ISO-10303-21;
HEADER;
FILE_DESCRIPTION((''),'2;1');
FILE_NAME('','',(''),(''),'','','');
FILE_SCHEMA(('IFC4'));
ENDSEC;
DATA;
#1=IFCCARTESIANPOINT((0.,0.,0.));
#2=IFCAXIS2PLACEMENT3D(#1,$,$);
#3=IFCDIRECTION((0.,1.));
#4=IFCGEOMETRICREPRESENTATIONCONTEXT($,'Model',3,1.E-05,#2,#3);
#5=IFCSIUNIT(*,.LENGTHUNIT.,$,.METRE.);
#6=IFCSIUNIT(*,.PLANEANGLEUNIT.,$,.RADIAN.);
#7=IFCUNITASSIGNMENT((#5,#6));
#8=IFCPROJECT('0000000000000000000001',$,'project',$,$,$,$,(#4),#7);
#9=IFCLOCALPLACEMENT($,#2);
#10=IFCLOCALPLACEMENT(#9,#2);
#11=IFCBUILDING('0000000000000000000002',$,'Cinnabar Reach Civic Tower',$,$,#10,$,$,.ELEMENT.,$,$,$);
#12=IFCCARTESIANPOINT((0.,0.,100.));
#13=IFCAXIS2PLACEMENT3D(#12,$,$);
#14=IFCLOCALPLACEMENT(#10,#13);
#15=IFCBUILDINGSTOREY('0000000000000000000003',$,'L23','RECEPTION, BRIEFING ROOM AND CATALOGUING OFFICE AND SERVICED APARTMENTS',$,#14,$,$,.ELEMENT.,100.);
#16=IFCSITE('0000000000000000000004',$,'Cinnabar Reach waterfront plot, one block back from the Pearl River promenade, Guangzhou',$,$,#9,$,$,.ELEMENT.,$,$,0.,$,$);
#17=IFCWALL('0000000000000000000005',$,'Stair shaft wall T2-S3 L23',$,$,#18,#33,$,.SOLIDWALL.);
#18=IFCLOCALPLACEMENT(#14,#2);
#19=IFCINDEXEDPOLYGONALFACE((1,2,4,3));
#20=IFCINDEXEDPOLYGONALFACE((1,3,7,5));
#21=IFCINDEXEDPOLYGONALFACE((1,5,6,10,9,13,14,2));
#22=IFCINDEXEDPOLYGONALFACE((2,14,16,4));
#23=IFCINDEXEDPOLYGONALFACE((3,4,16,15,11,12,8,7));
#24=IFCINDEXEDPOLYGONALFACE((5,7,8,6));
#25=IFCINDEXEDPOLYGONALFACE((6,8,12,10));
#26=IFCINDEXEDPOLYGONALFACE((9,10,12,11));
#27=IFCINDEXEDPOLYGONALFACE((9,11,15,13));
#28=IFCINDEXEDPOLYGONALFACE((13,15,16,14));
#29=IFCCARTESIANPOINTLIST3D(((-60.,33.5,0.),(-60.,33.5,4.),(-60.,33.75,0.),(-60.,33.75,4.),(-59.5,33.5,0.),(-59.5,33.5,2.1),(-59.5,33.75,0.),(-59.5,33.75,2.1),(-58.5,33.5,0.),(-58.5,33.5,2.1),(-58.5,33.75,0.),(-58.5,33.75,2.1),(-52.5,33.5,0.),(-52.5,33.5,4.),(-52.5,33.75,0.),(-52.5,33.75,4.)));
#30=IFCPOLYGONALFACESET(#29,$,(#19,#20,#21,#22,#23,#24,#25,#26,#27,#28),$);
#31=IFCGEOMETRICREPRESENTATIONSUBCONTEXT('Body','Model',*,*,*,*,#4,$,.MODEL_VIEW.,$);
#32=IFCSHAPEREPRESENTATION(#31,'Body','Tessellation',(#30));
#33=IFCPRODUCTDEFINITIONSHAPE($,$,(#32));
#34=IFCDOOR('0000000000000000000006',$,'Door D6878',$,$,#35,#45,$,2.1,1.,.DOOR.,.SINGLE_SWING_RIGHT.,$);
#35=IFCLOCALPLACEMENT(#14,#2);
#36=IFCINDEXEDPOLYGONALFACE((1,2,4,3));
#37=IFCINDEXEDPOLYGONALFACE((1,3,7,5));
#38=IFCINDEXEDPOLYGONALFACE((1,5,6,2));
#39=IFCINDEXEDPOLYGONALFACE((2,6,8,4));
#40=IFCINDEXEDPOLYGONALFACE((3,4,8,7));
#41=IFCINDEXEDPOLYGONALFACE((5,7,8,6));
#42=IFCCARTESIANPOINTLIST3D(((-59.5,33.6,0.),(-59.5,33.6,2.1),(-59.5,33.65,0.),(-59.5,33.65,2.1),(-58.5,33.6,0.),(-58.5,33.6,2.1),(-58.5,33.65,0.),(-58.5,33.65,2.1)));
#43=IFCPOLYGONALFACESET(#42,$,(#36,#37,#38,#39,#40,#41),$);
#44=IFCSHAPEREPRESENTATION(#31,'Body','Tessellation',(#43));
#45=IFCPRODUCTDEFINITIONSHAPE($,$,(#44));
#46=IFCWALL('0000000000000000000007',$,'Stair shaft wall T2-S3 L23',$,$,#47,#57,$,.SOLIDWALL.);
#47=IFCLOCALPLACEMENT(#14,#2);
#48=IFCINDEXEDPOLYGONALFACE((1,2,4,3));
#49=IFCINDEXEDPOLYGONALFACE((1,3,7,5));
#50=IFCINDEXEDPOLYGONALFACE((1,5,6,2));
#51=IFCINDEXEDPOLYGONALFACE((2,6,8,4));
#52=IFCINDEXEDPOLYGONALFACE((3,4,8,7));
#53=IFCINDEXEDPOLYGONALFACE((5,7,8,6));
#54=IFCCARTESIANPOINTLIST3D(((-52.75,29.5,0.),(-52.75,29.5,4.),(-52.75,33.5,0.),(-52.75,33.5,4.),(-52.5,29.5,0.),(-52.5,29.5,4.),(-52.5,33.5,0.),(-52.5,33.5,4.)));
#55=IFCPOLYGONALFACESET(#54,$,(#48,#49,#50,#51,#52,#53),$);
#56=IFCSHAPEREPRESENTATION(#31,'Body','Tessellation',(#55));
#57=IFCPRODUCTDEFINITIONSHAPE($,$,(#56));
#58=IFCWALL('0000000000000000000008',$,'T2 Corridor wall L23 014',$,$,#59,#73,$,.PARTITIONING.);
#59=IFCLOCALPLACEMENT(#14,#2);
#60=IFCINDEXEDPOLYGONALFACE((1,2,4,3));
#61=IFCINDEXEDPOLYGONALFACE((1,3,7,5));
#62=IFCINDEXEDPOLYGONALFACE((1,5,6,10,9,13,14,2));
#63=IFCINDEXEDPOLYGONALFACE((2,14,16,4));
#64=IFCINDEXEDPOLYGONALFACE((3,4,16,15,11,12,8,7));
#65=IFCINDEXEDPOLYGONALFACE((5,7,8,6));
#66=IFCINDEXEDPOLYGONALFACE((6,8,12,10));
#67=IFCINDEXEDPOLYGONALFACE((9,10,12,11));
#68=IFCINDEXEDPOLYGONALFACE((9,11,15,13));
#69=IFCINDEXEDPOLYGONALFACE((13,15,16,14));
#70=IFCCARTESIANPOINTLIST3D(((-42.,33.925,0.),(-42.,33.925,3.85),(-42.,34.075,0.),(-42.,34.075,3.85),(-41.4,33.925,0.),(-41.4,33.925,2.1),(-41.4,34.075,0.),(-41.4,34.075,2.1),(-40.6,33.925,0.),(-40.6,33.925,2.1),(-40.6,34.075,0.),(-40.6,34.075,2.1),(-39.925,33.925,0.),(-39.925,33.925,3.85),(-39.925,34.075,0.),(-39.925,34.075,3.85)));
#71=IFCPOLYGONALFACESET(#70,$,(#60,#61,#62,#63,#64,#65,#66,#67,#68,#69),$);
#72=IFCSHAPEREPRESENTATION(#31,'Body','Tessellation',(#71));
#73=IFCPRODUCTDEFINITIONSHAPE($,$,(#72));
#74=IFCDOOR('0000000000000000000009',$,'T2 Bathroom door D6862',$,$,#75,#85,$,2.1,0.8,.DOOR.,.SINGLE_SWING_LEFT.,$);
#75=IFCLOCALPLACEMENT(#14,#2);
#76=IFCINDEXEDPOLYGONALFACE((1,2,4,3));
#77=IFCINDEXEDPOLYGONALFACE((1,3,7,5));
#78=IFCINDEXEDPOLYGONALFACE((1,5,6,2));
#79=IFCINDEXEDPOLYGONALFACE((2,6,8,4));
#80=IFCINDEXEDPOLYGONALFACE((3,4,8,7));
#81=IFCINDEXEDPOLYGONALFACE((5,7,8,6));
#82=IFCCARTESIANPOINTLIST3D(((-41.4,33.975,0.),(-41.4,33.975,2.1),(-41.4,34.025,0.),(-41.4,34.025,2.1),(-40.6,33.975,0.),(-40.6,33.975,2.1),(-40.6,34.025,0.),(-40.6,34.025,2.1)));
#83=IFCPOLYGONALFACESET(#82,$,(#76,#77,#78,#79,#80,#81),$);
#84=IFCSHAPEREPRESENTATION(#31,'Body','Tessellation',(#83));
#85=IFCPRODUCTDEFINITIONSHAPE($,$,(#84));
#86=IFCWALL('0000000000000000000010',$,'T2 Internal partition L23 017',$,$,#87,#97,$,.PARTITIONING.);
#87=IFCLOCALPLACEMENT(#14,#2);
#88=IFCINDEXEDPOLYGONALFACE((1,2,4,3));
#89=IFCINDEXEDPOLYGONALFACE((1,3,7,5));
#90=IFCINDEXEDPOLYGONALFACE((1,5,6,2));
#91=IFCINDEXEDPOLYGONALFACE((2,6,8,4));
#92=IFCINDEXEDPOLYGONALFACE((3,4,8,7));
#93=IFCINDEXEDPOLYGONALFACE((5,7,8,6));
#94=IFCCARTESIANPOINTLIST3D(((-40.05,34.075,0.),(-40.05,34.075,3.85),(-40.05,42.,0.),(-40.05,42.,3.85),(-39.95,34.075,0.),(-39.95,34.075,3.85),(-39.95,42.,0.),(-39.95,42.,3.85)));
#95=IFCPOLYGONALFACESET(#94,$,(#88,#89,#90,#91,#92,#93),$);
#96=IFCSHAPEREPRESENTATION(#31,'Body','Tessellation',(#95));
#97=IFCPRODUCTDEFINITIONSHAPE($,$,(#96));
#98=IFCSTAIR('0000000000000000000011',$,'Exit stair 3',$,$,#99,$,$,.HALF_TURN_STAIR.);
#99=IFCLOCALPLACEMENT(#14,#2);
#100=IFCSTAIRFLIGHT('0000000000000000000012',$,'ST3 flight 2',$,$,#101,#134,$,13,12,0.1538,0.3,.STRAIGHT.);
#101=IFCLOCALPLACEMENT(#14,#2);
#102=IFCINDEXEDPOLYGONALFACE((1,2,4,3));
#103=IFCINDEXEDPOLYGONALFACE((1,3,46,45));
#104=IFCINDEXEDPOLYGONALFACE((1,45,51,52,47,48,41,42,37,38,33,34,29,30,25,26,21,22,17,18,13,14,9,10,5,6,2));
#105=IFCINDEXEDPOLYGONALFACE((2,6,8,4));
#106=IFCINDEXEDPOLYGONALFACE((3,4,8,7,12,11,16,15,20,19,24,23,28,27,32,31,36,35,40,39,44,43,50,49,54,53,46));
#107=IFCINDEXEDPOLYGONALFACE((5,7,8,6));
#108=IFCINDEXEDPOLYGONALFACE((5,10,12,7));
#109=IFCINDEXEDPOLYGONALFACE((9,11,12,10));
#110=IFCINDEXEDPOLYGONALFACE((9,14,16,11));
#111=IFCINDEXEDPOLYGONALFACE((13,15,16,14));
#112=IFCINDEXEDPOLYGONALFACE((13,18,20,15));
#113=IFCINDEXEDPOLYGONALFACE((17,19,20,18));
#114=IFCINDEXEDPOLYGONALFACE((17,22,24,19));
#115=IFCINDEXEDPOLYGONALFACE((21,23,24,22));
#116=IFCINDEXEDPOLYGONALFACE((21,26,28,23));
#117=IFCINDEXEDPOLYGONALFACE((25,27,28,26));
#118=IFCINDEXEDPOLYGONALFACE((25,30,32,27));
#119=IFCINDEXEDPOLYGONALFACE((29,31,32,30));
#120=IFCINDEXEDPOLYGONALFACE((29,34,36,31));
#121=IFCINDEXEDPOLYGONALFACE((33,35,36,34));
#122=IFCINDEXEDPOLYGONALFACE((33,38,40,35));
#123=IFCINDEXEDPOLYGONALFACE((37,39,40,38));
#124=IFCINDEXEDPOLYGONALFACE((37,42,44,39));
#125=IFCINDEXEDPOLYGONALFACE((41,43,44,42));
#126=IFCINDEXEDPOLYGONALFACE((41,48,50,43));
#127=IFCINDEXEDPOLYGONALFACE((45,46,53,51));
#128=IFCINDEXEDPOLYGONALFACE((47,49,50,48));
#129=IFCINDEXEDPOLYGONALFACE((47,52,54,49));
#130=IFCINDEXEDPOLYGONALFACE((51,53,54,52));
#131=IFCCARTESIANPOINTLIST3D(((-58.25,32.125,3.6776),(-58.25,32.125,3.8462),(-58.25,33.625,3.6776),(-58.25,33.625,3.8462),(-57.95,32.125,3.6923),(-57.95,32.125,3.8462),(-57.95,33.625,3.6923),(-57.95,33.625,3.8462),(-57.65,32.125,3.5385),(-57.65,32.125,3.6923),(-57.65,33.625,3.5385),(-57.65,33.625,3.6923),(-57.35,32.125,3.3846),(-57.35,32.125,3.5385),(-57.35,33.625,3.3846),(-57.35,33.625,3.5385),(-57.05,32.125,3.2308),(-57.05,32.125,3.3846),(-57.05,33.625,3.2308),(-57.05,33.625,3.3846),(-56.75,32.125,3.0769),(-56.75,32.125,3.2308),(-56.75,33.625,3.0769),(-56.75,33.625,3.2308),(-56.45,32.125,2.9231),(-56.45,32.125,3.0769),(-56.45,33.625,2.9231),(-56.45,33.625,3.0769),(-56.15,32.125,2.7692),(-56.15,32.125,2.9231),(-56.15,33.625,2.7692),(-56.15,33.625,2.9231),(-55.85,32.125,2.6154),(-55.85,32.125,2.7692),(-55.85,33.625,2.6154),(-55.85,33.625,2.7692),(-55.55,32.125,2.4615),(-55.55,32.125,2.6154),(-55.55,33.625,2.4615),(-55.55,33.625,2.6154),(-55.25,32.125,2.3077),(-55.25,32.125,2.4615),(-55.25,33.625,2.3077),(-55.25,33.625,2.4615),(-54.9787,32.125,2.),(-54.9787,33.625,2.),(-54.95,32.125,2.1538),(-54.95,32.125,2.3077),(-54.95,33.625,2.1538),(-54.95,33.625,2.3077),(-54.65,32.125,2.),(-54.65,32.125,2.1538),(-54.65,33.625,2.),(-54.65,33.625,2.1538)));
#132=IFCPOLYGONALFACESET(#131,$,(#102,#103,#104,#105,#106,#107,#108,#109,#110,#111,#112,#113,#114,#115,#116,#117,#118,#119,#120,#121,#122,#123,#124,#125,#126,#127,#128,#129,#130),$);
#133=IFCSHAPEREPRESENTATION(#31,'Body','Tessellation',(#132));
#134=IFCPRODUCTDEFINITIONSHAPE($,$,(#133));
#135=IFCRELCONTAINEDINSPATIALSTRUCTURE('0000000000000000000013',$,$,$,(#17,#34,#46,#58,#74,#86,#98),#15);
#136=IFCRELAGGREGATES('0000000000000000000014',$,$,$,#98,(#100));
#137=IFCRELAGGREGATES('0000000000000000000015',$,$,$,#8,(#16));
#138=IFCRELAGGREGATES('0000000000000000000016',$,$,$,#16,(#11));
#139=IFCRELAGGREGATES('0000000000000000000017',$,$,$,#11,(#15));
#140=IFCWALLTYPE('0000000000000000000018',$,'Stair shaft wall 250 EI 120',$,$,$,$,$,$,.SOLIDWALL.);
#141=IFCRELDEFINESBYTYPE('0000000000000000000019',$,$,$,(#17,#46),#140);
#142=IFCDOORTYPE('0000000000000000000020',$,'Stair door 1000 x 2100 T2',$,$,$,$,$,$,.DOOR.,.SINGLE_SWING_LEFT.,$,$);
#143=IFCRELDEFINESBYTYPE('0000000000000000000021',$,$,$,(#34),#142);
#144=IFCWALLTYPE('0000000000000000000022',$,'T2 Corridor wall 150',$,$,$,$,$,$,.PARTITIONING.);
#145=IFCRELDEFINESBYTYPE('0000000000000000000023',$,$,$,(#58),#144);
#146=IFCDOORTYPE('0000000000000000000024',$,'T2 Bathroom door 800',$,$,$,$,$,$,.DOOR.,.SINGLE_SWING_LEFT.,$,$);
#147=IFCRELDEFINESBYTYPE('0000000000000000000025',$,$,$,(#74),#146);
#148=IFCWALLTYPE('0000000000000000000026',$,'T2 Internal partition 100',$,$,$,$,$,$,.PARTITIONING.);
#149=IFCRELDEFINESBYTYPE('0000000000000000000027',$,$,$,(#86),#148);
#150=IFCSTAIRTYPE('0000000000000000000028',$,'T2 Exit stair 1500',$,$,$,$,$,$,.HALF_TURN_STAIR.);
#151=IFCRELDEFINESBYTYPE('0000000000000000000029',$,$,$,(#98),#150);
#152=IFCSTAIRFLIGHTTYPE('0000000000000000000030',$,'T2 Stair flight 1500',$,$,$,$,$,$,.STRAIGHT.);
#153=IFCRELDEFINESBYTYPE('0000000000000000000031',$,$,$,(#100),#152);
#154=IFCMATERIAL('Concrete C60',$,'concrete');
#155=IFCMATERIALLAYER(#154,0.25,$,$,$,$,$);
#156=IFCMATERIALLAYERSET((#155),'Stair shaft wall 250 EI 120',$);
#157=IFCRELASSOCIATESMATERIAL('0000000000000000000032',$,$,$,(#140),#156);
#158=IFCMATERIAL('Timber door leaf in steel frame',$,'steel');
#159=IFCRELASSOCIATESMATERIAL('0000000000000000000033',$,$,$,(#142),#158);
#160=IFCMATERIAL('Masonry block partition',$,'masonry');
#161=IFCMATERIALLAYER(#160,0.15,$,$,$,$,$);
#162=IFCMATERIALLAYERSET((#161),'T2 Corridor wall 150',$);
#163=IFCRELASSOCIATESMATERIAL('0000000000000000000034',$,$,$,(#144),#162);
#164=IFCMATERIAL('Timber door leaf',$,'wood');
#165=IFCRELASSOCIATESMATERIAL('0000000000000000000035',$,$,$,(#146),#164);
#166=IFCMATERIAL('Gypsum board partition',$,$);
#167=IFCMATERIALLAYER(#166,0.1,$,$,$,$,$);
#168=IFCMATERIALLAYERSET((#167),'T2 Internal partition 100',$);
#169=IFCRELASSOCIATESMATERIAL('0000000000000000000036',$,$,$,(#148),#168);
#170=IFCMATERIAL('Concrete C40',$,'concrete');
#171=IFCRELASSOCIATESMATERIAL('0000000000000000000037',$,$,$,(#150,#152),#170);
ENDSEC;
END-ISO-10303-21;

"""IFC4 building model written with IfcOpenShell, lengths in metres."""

from ifc_helpers import new_model, si_unit, direction, frame, frame_2d, origin, place, context, subcontext, project, spatial, polyline, rectangle, outline, extrude, material, layer, layer_set, type_object, element, fill, aggregate, save


model = new_model("IFC4")

# Units and contexts
model_context = context("Model", 3, precision=1e-05, world=origin(), true_north=direction((0.0, 1.0)))
body_context = subcontext(model_context, "Body", "Model", "MODEL_VIEW")
ifc_project = project(units=[si_unit("LENGTHUNIT", "METRE"), si_unit("PLANEANGLEUNIT", "RADIAN")], contexts=[model_context])

# Site, building, storey
site_placement = place(None, origin())
site = spatial("IfcSite", under=ifc_project, at=site_placement, Name="Cinnabar Reach waterfront plot, one block back from the Pearl River promenade, Guangzhou", CompositionType="ELEMENT", RefElevation=0.0)
building_placement = place(site_placement, origin())
building = spatial("IfcBuilding", under=site, at=building_placement, Name="Cinnabar Reach Civic Tower", CompositionType="ELEMENT")
storey_placement = place(building_placement, frame((0.0, 0.0, 100.0)))
storey = spatial("IfcBuildingStorey", under=building, at=storey_placement, Name="L23", Description="RECEPTION, BRIEFING ROOM AND CATALOGUING OFFICE AND SERVICED APARTMENTS", CompositionType="ELEMENT", Elevation=100.0)

# Shared definitions
ifc_material_1 = material(Name="Concrete C60", Category="concrete")

# Wall, opening, door
ifc_material_2 = material(Name="Timber door leaf in steel frame", Category="steel")
ifc_layer_1 = layer(ifc_material_1, 0.25)
ifc_layer_set_1 = layer_set([ifc_layer_1], Name="Stair shaft wall 250 EI 120")
wall_type_1 = type_object("IfcWallType", Name="Stair shaft wall 250 EI 120", PredefinedType="SOLIDWALL", material=ifc_layer_set_1)
wall_1_placement = place(storey_placement, frame((-52.5, 33.625, 0.0), z_axis=(0.0, 0.0, 1.0), x_axis=(-1.0, 0.0, 0.0)))
wall_1 = element("IfcWall", 1, at=wall_1_placement, inside=storey, type_object=wall_type_1, Name="Stair shaft wall T2-S3 L23", PredefinedType="SOLIDWALL", context=body_context, shape_type="SweptSolid", body=[
    extrude(rectangle(XDim=7.5, YDim=0.25, at=frame_2d((3.75, 0.0))), origin(), (0.0, 0.0, 1.0), 4.0),
])
opening_1_placement = place(wall_1_placement, frame((6.0, 0.0, 0.0)))
opening_1 = element("IfcOpeningElement", 2, at=opening_1_placement, cuts=wall_1, PredefinedType="OPENING", context=body_context, shape_type="SweptSolid", body=[
    extrude(rectangle(XDim=1.0, YDim=2.1, at=frame_2d((0.5, 1.05))), frame((0.0, 0.135, 0.0), z_axis=(0.0, -1.0, 0.0), x_axis=(1.0, 0.0, 0.0)), (0.0, 0.0, 1.0), 0.27),
])
door_type_1 = type_object("IfcDoorType", Name="Stair door 1000 x 2100 T2", OperationType="SINGLE_SWING_LEFT", PredefinedType="DOOR", material=ifc_material_2)
door_1_placement = place(opening_1_placement, origin())
door_1 = element("IfcDoor", 3, at=door_1_placement, inside=storey, type_object=door_type_1, Name="Door D6878", OperationType="SINGLE_SWING_RIGHT", OverallHeight=2.1, OverallWidth=1.0, PredefinedType="DOOR", context=body_context, shape_type="SweptSolid", body=[
    extrude(rectangle(XDim=1.0, YDim=2.1, at=frame_2d((0.5, 1.05))), frame((0.0, 0.025, 0.0), z_axis=(0.0, -1.0, 0.0), x_axis=(1.0, 0.0, 0.0)), (0.0, 0.0, 1.0), 0.05),
])
fill(opening_1, door_1)

# Wall
wall_2_placement = place(storey_placement, frame((-52.625, 29.5, 0.0), z_axis=(0.0, 0.0, 1.0), x_axis=(0.0, 1.0, 0.0)))
element("IfcWall", 4, at=wall_2_placement, inside=storey, type_object=wall_type_1, Name="Stair shaft wall T2-S3 L23", PredefinedType="SOLIDWALL", context=body_context, shape_type="SweptSolid", body=[
    extrude(rectangle(XDim=4.0, YDim=0.25, at=frame_2d((2.0, 0.0))), origin(), (0.0, 0.0, 1.0), 4.0),
])

# Wall, opening, door
ifc_material_3 = material(Name="Masonry block partition", Category="masonry")
ifc_layer_2 = layer(ifc_material_3, 0.15)
ifc_layer_set_2 = layer_set([ifc_layer_2], Name="T2 Corridor wall 150")
wall_type_2 = type_object("IfcWallType", Name="T2 Corridor wall 150", PredefinedType="PARTITIONING", material=ifc_layer_set_2)
wall_3_placement = place(storey_placement, frame((-39.925, 34.0, 0.0), z_axis=(0.0, 0.0, 1.0), x_axis=(-1.0, 0.0, 0.0)))
wall_3 = element("IfcWall", 5, at=wall_3_placement, inside=storey, type_object=wall_type_2, Name="T2 Corridor wall L23 014", PredefinedType="PARTITIONING", context=body_context, shape_type="SweptSolid", body=[
    extrude(rectangle(XDim=2.075, YDim=0.15, at=frame_2d((1.0375, 0.0))), origin(), (0.0, 0.0, 1.0), 3.85),
])
opening_2_placement = place(wall_3_placement, frame((0.675, 0.0, 0.0)))
opening_2 = element("IfcOpeningElement", 6, at=opening_2_placement, cuts=wall_3, PredefinedType="OPENING", context=body_context, shape_type="SweptSolid", body=[
    extrude(rectangle(XDim=0.8, YDim=2.1, at=frame_2d((0.4, 1.05))), frame((0.0, 0.085, 0.0), z_axis=(0.0, -1.0, 0.0), x_axis=(1.0, 0.0, 0.0)), (0.0, 0.0, 1.0), 0.17),
])
ifc_material_4 = material(Name="Timber door leaf", Category="wood")
door_type_2 = type_object("IfcDoorType", Name="T2 Bathroom door 800", OperationType="SINGLE_SWING_LEFT", PredefinedType="DOOR", material=ifc_material_4)
door_2_placement = place(opening_2_placement, frame((0.8, 0.0, 0.0), z_axis=(0.0, 0.0, 1.0), x_axis=(-1.0, 0.0, 0.0)))
door_2 = element("IfcDoor", 7, at=door_2_placement, inside=storey, type_object=door_type_2, Name="T2 Bathroom door D6862", OperationType="SINGLE_SWING_LEFT", OverallHeight=2.1, OverallWidth=0.8, PredefinedType="DOOR", context=body_context, shape_type="SweptSolid", body=[
    extrude(rectangle(XDim=0.8, YDim=2.1, at=frame_2d((0.4, 1.05))), frame((0.0, 0.025, 0.0), z_axis=(0.0, -1.0, 0.0), x_axis=(1.0, 0.0, 0.0)), (0.0, 0.0, 1.0), 0.05),
])
fill(opening_2, door_2)

# Wall
ifc_material_5 = material(Name="Gypsum board partition")
ifc_layer_3 = layer(ifc_material_5, 0.1)
ifc_layer_set_3 = layer_set([ifc_layer_3], Name="T2 Internal partition 100")
wall_type_3 = type_object("IfcWallType", Name="T2 Internal partition 100", PredefinedType="PARTITIONING", material=ifc_layer_set_3)
wall_4_placement = place(storey_placement, frame((-40.0, 34.075, 0.0), z_axis=(0.0, 0.0, 1.0), x_axis=(0.0, 1.0, 0.0)))
element("IfcWall", 8, at=wall_4_placement, inside=storey, type_object=wall_type_3, Name="T2 Internal partition L23 017", PredefinedType="PARTITIONING", context=body_context, shape_type="SweptSolid", body=[
    extrude(rectangle(XDim=7.925, YDim=0.1, at=frame_2d((3.9625, 0.0))), origin(), (0.0, 0.0, 1.0), 3.85),
])

# Stair, stair flight
ifc_material_6 = material(Name="Concrete C40", Category="concrete")
stair_type = type_object("IfcStairType", Name="T2 Exit stair 1500", PredefinedType="HALF_TURN_STAIR", material=ifc_material_6)
stair_placement = place(storey_placement, origin())
stair = element("IfcStair", 9, at=stair_placement, inside=storey, type_object=stair_type, Name="Exit stair 3", PredefinedType="HALF_TURN_STAIR")
stair_flight_type = type_object("IfcStairFlightType", Name="T2 Stair flight 1500", PredefinedType="STRAIGHT", material=ifc_material_6)
stair_flight_placement = place(storey_placement, frame((-54.65, 32.875, 2.0), z_axis=(0.0, 0.0, 1.0), x_axis=(-1.0, 0.0, 0.0)))
stair_flight = element("IfcStairFlight", 10, at=stair_flight_placement, type_object=stair_flight_type, Name="ST3 flight 2", NumberOfRisers=13, NumberOfTreads=12, PredefinedType="STRAIGHT", RiserHeight=0.1538, TreadLength=0.3, context=body_context, shape_type="SweptSolid", body=[
    extrude(outline(polyline([(0.0, 0.0), (0.0, 0.1538), (0.3, 0.1538), (0.3, 0.3077), (0.6, 0.3077), (0.6, 0.4615), (0.9, 0.4615), (0.9, 0.6154), (1.2, 0.6154), (1.2, 0.7692), (1.5, 0.7692), (1.5, 0.9231), (1.8, 0.9231), (1.8, 1.0769), (2.1, 1.0769), (2.1, 1.2308), (2.4, 1.2308), (2.4, 1.3846), (2.7, 1.3846), (2.7, 1.5385), (3.0, 1.5385), (3.0, 1.6923), (3.3, 1.6923), (3.3, 1.8462), (3.6, 1.8462), (3.6, 2.0), (3.6, 1.6776), (0.3287, 0.0), (0.0, 0.0)])), frame((0.0, 0.75, 0.0), z_axis=(0.0, -1.0, 0.0), x_axis=(1.0, 0.0, 0.0)), (0.0, 0.0, 1.0), 1.5),
])
aggregate(stair, [stair_flight])

save(model, "model.ifc")
